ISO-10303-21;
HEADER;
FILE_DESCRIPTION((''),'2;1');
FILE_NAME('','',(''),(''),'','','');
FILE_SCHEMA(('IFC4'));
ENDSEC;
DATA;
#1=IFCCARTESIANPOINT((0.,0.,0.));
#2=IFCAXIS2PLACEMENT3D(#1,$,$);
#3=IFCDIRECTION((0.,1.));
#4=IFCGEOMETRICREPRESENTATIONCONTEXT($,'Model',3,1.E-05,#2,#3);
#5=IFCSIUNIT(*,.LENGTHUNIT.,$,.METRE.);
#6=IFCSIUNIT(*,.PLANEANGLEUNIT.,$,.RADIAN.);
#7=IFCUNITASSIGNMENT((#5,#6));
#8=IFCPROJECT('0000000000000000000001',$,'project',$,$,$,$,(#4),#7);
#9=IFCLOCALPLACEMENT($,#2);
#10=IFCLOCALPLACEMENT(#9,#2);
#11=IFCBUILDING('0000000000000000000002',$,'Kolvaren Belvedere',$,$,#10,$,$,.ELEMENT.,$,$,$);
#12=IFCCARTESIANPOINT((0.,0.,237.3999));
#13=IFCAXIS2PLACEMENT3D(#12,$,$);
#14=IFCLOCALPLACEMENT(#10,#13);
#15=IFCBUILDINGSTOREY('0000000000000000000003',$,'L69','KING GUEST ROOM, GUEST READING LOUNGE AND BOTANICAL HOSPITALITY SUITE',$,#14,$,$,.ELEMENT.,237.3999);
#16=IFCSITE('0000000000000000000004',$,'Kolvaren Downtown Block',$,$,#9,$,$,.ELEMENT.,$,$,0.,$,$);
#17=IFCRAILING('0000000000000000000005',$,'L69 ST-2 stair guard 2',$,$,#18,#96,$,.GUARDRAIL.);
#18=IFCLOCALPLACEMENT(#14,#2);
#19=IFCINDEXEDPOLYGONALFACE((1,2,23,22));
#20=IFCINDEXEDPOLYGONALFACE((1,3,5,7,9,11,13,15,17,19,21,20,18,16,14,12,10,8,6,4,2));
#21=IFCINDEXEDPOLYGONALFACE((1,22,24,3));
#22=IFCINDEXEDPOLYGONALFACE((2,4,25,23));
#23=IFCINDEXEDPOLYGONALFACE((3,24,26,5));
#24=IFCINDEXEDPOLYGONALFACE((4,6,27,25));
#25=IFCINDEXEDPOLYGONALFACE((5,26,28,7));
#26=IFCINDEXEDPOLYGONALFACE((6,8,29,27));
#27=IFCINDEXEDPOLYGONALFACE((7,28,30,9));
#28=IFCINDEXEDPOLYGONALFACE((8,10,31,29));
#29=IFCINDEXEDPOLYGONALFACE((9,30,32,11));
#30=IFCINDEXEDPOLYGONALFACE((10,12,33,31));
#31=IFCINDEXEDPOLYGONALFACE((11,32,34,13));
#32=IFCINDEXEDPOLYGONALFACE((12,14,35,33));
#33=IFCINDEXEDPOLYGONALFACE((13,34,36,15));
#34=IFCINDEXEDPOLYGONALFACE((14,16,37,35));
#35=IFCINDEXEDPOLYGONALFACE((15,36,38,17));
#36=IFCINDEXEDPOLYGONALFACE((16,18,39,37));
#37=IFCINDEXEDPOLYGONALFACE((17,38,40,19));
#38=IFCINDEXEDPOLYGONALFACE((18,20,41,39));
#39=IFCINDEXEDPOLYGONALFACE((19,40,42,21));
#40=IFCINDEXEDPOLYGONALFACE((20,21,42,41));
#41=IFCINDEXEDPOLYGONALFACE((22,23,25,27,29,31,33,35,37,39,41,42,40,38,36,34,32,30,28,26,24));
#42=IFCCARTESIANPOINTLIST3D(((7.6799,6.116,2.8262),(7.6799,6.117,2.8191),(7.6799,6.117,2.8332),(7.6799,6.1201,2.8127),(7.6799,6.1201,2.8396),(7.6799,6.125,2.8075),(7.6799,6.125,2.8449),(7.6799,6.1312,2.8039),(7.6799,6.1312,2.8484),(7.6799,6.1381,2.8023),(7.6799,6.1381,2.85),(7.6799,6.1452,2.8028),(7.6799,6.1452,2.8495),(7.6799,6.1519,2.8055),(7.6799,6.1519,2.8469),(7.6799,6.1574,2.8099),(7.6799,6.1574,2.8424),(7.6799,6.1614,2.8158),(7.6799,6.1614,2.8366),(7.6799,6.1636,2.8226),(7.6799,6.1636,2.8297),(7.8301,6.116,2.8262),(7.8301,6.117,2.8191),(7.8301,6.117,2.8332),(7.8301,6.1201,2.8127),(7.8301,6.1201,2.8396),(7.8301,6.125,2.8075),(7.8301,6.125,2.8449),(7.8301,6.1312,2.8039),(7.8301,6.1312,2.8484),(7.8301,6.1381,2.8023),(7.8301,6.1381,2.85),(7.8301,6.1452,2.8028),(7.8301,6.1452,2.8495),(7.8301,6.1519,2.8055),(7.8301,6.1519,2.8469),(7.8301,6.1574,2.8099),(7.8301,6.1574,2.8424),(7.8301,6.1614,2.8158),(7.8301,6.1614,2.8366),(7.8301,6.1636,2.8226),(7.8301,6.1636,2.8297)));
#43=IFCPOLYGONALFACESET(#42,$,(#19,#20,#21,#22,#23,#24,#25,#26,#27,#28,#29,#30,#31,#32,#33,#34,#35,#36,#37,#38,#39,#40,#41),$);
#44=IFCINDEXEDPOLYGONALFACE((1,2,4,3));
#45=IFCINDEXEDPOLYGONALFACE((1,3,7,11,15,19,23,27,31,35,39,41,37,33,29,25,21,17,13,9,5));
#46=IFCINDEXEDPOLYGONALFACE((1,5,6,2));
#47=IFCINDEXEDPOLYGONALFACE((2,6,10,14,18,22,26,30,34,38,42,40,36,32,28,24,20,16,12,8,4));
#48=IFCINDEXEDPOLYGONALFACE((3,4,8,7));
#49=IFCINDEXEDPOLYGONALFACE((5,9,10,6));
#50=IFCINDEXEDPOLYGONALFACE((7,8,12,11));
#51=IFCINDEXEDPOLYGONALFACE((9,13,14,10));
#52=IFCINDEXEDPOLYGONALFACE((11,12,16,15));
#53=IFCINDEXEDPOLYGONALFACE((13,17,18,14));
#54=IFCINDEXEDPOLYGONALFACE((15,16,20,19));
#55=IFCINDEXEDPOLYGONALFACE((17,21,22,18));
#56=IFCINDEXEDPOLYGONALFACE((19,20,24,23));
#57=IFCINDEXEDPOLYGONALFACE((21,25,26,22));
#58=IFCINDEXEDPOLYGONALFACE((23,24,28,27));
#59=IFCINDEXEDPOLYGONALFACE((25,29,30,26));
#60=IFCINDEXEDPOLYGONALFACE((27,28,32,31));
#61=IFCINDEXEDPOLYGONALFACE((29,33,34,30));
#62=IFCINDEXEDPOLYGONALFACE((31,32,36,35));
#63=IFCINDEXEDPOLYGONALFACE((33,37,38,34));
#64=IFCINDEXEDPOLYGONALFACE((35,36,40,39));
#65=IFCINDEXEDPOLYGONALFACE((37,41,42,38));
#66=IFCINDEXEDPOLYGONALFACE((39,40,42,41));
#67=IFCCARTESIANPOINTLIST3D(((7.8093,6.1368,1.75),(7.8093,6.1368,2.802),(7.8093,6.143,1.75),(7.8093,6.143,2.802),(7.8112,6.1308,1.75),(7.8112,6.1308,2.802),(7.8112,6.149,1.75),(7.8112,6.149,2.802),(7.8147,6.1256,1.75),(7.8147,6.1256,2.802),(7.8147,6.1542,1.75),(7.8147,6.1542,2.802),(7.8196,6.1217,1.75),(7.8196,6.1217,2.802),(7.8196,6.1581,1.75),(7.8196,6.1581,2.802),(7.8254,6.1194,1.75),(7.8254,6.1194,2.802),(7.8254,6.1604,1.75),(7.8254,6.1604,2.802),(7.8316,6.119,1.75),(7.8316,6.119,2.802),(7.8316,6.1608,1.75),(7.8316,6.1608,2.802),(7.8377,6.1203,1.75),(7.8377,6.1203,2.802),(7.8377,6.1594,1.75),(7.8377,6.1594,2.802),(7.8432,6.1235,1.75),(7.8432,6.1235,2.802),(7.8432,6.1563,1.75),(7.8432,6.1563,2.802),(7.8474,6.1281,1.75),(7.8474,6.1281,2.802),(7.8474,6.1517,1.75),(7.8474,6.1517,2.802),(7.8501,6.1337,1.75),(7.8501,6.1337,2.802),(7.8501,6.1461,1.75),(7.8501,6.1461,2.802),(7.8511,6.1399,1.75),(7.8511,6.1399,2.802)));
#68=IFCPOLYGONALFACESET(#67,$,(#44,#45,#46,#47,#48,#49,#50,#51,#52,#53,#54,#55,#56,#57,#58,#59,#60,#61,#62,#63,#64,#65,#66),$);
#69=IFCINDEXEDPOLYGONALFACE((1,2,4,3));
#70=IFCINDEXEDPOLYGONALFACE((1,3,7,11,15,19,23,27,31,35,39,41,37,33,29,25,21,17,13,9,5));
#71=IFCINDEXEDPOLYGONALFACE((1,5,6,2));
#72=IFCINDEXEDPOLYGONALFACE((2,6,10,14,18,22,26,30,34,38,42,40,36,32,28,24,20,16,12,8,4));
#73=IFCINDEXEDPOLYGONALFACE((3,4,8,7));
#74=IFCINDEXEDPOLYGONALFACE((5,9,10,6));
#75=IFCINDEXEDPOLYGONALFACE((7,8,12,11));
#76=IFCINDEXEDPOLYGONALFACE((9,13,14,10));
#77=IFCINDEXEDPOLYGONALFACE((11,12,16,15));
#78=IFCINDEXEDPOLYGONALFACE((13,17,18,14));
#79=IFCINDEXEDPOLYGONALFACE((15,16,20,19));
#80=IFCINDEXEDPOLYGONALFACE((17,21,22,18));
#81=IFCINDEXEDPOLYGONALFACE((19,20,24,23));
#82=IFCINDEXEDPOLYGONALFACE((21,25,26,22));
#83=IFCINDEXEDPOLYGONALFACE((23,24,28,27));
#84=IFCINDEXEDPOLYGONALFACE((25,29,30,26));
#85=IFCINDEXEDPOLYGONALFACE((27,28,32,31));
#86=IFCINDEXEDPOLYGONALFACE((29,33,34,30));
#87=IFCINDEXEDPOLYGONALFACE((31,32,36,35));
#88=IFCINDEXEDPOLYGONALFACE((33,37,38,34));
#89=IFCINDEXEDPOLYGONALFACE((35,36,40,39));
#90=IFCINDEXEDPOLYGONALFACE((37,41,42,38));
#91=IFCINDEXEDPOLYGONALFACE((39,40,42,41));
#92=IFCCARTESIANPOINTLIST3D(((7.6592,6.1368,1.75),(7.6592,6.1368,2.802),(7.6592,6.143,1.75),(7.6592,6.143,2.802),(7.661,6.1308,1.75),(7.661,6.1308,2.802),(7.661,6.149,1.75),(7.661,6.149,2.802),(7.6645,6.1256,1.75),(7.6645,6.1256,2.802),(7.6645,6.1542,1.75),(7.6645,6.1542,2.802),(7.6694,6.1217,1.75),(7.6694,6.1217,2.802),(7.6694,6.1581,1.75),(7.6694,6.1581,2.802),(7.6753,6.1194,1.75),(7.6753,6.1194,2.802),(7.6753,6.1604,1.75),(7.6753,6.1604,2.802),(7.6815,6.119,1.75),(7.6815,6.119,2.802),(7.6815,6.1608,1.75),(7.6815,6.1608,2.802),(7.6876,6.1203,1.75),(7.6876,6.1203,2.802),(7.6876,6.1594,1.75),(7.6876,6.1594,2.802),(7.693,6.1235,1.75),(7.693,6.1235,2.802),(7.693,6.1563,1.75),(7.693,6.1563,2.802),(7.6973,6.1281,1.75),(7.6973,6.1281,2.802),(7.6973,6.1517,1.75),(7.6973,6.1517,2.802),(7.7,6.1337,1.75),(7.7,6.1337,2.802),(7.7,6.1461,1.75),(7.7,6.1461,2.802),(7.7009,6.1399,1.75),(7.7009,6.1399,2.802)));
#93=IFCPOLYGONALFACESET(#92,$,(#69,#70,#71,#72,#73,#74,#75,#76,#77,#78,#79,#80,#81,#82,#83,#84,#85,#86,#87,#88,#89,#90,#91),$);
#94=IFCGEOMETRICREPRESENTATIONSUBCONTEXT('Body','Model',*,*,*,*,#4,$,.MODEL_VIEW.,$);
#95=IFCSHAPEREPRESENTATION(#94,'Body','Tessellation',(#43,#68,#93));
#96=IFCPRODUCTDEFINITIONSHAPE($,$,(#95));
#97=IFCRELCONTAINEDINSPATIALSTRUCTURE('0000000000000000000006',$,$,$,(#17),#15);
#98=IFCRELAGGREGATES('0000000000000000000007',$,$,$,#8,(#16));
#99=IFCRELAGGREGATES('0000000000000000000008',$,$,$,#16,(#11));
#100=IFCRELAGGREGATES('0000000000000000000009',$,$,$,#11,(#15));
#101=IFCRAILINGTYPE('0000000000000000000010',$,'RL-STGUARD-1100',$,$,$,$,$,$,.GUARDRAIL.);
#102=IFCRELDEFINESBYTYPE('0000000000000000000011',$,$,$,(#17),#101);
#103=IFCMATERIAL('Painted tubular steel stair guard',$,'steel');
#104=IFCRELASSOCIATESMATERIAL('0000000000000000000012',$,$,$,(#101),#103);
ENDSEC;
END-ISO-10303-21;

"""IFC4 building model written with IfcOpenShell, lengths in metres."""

from ifc_helpers import new_model, si_unit, direction, frame, origin, origin_2d, place, context, subcontext, project, spatial, circle, extrude, material, type_object, element, save


model = new_model("IFC4")

# Units and contexts
model_context = context("Model", 3, precision=1e-05, world=origin(), true_north=direction((0.0, 1.0)))
body_context = subcontext(model_context, "Body", "Model", "MODEL_VIEW")
ifc_project = project(units=[si_unit("LENGTHUNIT", "METRE"), si_unit("PLANEANGLEUNIT", "RADIAN")], contexts=[model_context])

# Site, building, storey
site_placement = place(None, origin())
site = spatial("IfcSite", under=ifc_project, at=site_placement, Name="Kolvaren Downtown Block", CompositionType="ELEMENT", RefElevation=0.0)
building_placement = place(site_placement, origin())
building = spatial("IfcBuilding", under=site, at=building_placement, Name="Kolvaren Belvedere", CompositionType="ELEMENT")
storey_placement = place(building_placement, frame((0.0, 0.0, 237.3999)))
storey = spatial("IfcBuildingStorey", under=building, at=storey_placement, Name="L69", Description="KING GUEST ROOM, GUEST READING LOUNGE AND BOTANICAL HOSPITALITY SUITE", CompositionType="ELEMENT", Elevation=237.3999)

# Railing
ifc_material_1 = material(Name="Painted tubular steel stair guard", Category="steel")
railing_type_1 = type_object("IfcRailingType", Name="RL-STGUARD-1100", PredefinedType="GUARDRAIL", material=ifc_material_1)
railing_1_placement = place(storey_placement, frame((7.8301, 6.1399, 1.75)))
element("IfcRailing", 1, at=railing_1_placement, inside=storey, type_object=railing_type_1, Name="L69 ST-2 stair guard 2", PredefinedType="GUARDRAIL", context=body_context, shape_type="SweptSolid", body=[
    extrude(circle(Radius=0.0239, at=origin_2d()), frame((0.0, 0.0, 1.0762), z_axis=(-1.0, 0.0, 0.0), x_axis=(0.0, -1.0, 0.0)), (0.0, 0.0, 1.0), 0.1501),
    extrude(circle(Radius=0.021, at=origin_2d()), origin(), (0.0, 0.0, 1.0), 1.052),
    extrude(circle(Radius=0.021, at=origin_2d()), frame((-0.1501, 0.0, 0.0)), (0.0, 0.0, 1.0), 1.052),
])

save(model, "model.ifc")
